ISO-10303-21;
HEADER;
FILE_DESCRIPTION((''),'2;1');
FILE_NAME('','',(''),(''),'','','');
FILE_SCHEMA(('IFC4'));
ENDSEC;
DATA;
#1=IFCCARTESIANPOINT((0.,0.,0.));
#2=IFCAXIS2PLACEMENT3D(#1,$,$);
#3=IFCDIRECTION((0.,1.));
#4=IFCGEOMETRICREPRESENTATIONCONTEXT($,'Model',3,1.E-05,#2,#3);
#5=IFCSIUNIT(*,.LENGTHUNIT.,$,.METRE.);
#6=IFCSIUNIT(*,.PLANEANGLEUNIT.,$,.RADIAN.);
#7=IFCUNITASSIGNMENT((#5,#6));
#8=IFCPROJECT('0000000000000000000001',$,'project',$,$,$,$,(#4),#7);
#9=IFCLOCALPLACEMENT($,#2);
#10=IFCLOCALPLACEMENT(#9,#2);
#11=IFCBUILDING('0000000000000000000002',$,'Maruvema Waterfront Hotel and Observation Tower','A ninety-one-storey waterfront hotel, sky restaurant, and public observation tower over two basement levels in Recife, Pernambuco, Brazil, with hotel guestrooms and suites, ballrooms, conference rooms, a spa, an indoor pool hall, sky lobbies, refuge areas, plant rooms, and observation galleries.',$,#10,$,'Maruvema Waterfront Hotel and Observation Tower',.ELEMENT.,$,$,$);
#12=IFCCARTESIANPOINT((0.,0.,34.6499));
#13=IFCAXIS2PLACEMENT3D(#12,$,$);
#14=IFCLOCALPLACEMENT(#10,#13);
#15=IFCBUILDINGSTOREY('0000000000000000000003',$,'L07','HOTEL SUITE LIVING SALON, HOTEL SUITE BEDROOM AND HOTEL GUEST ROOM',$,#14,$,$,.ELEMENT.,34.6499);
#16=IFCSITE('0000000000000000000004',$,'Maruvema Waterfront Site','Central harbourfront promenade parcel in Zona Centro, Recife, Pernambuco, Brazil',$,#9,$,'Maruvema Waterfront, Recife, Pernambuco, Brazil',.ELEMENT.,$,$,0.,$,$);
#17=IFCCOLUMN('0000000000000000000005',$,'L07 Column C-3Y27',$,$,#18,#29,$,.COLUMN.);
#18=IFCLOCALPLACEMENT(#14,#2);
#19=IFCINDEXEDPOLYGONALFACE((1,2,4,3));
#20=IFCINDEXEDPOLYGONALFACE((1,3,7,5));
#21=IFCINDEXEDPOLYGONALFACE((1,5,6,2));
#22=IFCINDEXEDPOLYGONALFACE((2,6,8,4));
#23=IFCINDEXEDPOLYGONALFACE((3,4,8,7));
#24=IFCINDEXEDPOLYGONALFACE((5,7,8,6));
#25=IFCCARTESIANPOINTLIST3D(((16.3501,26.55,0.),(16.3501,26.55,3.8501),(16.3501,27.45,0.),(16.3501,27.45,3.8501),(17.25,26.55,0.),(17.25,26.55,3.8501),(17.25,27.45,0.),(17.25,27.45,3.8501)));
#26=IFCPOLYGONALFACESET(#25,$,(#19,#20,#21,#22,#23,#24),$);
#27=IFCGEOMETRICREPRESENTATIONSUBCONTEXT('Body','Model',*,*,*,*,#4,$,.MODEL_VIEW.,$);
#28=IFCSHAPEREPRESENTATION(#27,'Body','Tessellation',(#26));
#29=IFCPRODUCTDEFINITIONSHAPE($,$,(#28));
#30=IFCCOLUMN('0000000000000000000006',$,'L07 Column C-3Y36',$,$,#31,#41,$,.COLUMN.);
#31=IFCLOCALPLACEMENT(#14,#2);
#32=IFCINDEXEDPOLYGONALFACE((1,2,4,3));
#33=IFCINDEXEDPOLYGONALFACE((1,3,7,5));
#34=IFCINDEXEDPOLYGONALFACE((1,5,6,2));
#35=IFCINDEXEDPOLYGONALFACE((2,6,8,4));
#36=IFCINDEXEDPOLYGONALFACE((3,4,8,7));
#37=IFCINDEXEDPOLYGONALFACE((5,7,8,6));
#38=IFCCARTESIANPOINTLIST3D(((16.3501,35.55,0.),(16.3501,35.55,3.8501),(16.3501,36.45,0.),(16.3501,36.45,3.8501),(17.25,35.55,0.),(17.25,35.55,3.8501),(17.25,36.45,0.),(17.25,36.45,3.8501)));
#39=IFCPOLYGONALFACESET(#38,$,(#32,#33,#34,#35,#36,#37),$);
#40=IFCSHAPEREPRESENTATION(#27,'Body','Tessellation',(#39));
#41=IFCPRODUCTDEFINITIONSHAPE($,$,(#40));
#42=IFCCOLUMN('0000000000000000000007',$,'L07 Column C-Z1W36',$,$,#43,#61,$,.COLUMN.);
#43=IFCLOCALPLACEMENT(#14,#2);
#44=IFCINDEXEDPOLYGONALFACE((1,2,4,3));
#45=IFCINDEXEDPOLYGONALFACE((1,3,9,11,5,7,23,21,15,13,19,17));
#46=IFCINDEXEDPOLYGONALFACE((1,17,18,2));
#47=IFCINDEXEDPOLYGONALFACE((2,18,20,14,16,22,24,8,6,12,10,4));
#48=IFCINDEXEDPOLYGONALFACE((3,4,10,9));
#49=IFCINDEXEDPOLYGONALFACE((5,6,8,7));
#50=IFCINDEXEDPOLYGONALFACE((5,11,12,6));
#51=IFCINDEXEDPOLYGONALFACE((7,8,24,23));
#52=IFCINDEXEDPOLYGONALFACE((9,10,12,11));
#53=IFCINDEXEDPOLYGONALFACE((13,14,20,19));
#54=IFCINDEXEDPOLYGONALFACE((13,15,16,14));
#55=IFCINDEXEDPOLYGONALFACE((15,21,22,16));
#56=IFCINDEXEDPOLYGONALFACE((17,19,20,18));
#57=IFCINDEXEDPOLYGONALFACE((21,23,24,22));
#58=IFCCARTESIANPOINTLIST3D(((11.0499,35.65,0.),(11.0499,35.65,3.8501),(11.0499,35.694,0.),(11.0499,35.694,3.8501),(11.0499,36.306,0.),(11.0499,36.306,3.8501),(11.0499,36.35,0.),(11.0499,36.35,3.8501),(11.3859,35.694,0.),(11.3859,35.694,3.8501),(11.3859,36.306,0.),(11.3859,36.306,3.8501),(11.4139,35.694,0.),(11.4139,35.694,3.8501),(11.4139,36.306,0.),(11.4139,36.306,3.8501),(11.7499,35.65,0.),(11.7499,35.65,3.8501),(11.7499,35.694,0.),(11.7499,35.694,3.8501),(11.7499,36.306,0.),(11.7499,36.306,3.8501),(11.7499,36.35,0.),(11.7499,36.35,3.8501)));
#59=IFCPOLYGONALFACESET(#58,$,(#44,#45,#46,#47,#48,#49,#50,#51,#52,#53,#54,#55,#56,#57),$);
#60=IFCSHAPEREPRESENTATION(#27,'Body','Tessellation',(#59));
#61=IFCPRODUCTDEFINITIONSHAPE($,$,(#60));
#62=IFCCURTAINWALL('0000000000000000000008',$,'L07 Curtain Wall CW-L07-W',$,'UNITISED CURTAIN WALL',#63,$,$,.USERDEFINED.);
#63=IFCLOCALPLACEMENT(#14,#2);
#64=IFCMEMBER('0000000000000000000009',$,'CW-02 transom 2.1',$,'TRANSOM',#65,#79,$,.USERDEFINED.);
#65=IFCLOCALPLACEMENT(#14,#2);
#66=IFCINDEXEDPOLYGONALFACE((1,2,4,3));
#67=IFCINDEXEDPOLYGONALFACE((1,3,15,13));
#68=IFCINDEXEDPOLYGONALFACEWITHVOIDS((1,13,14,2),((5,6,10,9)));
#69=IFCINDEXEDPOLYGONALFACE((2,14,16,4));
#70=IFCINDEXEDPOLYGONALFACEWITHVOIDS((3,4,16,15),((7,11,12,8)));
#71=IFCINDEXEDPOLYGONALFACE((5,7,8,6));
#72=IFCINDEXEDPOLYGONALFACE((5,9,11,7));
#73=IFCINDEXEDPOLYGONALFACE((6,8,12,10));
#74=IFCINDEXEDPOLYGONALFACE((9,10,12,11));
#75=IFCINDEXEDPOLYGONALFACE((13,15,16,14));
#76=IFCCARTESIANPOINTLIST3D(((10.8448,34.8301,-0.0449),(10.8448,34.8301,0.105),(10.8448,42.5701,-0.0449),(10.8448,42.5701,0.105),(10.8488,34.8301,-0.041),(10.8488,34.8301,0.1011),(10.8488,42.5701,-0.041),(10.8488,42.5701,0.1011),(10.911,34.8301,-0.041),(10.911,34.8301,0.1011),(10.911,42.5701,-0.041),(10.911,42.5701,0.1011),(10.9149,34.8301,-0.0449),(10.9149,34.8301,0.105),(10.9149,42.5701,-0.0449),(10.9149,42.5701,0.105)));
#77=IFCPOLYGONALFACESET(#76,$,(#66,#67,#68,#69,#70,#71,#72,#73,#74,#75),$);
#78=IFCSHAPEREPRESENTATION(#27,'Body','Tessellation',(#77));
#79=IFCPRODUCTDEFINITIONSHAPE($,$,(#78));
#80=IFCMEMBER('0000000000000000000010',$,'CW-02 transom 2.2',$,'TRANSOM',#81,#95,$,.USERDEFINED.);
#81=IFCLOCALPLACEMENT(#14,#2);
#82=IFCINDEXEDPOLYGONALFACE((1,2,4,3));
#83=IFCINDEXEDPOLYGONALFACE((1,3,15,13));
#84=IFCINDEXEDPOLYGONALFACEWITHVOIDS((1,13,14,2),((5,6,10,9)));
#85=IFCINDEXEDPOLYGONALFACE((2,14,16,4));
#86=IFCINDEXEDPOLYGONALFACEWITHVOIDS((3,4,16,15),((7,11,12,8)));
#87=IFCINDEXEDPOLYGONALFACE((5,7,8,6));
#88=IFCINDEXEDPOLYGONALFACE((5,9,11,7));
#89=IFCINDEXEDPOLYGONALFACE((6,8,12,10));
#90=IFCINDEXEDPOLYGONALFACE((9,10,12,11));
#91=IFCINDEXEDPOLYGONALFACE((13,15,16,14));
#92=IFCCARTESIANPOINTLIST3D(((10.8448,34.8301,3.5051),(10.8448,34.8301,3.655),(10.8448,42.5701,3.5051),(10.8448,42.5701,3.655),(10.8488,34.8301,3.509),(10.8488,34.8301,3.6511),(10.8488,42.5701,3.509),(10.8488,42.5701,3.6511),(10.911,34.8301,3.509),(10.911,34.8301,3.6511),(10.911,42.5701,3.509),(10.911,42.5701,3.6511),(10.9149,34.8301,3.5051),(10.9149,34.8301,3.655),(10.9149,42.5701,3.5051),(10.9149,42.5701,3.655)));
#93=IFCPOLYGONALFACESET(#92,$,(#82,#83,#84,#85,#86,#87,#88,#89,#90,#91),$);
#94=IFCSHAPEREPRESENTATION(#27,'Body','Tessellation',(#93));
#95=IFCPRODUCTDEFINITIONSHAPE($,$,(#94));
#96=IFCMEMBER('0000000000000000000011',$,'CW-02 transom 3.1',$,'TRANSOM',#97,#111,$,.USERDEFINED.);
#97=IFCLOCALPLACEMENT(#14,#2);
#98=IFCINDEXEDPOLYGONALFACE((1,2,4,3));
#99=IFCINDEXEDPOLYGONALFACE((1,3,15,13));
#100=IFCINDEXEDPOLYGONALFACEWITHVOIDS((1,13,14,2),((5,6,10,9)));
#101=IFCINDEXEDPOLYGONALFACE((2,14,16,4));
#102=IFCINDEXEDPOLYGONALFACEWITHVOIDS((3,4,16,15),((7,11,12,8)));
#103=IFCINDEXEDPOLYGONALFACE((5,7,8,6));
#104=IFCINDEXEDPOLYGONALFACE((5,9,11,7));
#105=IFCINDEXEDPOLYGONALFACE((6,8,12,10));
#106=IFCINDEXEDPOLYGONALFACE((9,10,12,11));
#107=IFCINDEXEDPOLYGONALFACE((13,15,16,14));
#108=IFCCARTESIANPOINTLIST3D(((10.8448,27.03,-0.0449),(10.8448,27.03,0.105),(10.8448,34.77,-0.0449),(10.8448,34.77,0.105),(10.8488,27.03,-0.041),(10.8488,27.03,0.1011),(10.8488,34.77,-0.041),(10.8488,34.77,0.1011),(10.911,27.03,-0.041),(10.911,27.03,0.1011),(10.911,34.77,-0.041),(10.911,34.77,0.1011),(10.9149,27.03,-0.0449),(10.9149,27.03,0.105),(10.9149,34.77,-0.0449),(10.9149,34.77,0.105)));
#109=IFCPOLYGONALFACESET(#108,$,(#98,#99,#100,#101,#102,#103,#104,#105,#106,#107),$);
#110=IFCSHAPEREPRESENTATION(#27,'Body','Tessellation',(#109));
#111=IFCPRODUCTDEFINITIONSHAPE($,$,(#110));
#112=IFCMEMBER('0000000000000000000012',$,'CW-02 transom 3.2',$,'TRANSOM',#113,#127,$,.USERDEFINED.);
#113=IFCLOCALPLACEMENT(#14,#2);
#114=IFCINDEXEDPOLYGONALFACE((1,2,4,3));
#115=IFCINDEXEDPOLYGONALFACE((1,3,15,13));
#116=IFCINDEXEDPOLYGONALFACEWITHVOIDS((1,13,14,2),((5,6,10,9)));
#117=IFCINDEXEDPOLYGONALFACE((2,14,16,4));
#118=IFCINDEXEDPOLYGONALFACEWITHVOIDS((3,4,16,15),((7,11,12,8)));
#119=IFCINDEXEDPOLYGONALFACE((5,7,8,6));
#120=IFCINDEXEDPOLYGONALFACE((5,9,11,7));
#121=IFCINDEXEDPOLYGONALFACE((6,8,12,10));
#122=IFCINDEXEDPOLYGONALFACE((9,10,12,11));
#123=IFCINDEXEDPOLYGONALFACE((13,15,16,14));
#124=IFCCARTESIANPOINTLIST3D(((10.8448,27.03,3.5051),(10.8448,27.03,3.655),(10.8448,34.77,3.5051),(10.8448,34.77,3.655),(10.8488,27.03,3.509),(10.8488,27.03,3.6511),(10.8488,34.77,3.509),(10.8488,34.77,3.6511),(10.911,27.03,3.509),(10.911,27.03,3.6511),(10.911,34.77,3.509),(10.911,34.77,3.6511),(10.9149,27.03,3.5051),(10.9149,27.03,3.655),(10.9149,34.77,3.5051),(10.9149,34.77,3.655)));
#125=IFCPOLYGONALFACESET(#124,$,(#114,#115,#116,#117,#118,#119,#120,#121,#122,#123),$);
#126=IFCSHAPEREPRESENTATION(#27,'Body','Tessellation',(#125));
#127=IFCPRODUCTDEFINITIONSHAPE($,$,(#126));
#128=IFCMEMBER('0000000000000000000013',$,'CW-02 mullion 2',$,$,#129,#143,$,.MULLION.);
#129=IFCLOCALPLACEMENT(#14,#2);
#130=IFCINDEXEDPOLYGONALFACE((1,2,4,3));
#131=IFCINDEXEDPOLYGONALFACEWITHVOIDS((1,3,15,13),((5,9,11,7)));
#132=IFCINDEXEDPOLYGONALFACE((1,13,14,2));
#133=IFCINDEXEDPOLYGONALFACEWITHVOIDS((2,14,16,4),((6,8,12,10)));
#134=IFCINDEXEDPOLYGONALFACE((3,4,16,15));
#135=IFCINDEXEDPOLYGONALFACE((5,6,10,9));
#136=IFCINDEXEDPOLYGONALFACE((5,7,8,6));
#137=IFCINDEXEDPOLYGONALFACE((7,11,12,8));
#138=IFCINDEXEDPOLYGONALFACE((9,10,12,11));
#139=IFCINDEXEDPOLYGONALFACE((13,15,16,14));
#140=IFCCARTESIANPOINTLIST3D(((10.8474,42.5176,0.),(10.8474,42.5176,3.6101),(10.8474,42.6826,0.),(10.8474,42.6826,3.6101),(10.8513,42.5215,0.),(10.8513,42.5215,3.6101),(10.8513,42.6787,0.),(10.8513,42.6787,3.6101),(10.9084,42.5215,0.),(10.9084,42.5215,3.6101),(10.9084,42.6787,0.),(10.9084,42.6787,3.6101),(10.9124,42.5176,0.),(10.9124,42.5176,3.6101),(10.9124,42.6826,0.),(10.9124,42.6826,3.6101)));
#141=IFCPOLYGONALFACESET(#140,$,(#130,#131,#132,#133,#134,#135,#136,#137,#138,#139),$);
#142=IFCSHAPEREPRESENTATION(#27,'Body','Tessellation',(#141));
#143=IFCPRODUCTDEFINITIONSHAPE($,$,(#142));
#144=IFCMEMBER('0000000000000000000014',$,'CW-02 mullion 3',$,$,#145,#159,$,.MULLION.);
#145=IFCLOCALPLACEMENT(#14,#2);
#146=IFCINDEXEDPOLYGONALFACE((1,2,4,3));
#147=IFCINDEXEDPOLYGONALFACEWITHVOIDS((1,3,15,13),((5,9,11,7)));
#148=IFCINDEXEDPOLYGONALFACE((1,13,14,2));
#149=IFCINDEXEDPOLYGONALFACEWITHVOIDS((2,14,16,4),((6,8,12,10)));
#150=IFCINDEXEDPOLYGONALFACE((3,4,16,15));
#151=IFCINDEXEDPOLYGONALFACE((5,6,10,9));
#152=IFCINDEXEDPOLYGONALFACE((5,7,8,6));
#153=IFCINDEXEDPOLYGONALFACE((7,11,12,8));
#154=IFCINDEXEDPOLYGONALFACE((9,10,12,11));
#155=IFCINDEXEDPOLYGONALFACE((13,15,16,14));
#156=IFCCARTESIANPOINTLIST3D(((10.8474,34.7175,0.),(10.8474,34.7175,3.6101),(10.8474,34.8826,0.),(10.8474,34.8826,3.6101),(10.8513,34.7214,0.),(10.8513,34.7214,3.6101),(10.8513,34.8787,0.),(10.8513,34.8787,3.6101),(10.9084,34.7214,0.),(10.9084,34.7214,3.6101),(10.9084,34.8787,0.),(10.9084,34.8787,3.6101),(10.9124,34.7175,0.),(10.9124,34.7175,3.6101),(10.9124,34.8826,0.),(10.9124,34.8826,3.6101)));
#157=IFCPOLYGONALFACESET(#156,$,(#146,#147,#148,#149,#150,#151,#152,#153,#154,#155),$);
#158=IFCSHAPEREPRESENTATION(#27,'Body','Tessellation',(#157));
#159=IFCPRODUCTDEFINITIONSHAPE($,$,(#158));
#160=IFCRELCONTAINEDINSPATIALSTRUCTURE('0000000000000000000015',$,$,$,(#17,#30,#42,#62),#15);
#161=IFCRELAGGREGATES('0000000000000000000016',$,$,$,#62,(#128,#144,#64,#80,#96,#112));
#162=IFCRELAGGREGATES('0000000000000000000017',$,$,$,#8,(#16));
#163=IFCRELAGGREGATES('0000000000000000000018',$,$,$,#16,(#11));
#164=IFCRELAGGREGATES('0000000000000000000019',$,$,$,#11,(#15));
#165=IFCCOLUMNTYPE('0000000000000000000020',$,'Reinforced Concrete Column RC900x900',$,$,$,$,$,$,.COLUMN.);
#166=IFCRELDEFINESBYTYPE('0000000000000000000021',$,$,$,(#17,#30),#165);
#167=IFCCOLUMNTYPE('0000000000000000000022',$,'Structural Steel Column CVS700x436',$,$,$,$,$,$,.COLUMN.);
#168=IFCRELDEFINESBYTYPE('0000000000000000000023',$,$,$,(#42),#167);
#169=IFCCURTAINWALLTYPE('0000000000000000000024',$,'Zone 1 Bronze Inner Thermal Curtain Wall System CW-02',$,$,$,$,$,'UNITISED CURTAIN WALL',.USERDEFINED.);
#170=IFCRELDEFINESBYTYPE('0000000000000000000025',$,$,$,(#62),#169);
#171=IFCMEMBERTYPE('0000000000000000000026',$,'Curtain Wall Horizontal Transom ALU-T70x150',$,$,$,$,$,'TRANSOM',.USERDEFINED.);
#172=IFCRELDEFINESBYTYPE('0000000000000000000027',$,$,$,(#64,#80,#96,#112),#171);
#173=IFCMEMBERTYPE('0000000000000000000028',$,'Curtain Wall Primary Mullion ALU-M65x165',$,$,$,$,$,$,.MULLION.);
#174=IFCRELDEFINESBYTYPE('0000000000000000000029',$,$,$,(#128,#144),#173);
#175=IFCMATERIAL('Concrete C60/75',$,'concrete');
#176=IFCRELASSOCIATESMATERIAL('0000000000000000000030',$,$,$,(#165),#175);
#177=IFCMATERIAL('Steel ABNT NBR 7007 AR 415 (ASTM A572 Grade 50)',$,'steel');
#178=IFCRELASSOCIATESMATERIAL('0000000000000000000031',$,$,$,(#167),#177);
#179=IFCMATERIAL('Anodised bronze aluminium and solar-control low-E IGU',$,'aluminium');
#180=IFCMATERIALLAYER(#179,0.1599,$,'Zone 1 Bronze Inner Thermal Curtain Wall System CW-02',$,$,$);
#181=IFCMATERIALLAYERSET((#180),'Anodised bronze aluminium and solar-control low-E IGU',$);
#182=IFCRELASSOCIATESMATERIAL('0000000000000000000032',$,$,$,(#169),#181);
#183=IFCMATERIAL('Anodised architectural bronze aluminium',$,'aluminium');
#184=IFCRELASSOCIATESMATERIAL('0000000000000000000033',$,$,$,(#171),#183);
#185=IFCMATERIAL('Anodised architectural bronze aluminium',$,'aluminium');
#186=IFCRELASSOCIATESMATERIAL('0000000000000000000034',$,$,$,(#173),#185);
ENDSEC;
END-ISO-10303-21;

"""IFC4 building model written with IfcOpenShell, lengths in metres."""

from ifc_helpers import new_model, si_unit, direction, frame, origin, origin_2d, place, context, subcontext, project, spatial, rectangle, hollow_rectangle, i_section, extrude, material, layer, layer_set, material_profile, profile_set, type_object, element, aggregate, save


model = new_model("IFC4")

# Units and contexts
model_context = context("Model", 3, precision=1e-05, world=origin(), true_north=direction((0.0, 1.0)))
body_context = subcontext(model_context, "Body", "Model", "MODEL_VIEW")
ifc_project = project(units=[si_unit("LENGTHUNIT", "METRE"), si_unit("PLANEANGLEUNIT", "RADIAN")], contexts=[model_context])

# Site, building, storey
site_placement = place(None, origin())
site = spatial("IfcSite", under=ifc_project, at=site_placement, Name="Maruvema Waterfront Site", Description="Central harbourfront promenade parcel in Zona Centro, Recife, Pernambuco, Brazil", LongName="Maruvema Waterfront, Recife, Pernambuco, Brazil", CompositionType="ELEMENT", RefElevation=0.0)
building_placement = place(site_placement, origin())
building = spatial("IfcBuilding", under=site, at=building_placement, Name="Maruvema Waterfront Hotel and Observation Tower", Description="A ninety-one-storey waterfront hotel, sky restaurant, and public observation tower over two basement levels in Recife, Pernambuco, Brazil, with hotel guestrooms and suites, ballrooms, conference rooms, a spa, an indoor pool hall, sky lobbies, refuge areas, plant rooms, and observation galleries.", LongName="Maruvema Waterfront Hotel and Observation Tower", CompositionType="ELEMENT")
storey_placement = place(building_placement, frame((0.0, 0.0, 34.6499)))
storey = spatial("IfcBuildingStorey", under=building, at=storey_placement, Name="L07", Description="HOTEL SUITE LIVING SALON, HOTEL SUITE BEDROOM AND HOTEL GUEST ROOM", CompositionType="ELEMENT", Elevation=34.6499)

# Columns
ifc_material_1 = material(Name="Concrete C60/75", Category="concrete")
ifc_material_profile_1 = material_profile(ifc_material_1, rectangle(XDim=0.8999, YDim=0.8999, at=origin_2d()), Name="RC900x900")
ifc_profile_set_1 = profile_set([ifc_material_profile_1], Name="Concrete C60/75")
column_type_1 = type_object("IfcColumnType", Name="Reinforced Concrete Column RC900x900", PredefinedType="COLUMN", material=ifc_profile_set_1)
for number, where, z_axis, x_axis, name in (
    (1, (16.8, 27.0, 0.0), (0.0, 0.0, 1.0), (1.0, 0.0, 0.0), "L07 Column C-3Y27"),
    (2, (16.8, 36.0, 0.0), (0.0, 0.0, 1.0), (1.0, 0.0, 0.0), "L07 Column C-3Y36"),
):
    element("IfcColumn", number, at=place(storey_placement, frame(where, z_axis=z_axis, x_axis=x_axis)), inside=storey, type_object=column_type_1, Name=name, PredefinedType="COLUMN", context=body_context, shape_type="SweptSolid", body=[
        extrude(rectangle(XDim=0.8999, YDim=0.8999, at=origin_2d()), origin(), (0.0, 0.0, 1.0), 3.8501),
    ])
ifc_material_2 = material(Name="Steel ABNT NBR 7007 AR 415 (ASTM A572 Grade 50)", Category="steel")
ifc_material_profile_2 = material_profile(ifc_material_2, i_section(OverallWidth=0.7, OverallDepth=0.7, WebThickness=0.0281, FlangeThickness=0.0439, at=origin_2d()), Name="CVS700x436")
ifc_profile_set_2 = profile_set([ifc_material_profile_2], Name="Steel ABNT NBR 7007 AR 415 (ASTM A572 Grade 50)")
column_type_2 = type_object("IfcColumnType", Name="Structural Steel Column CVS700x436", PredefinedType="COLUMN", material=ifc_profile_set_2)
column_placement = place(storey_placement, frame((11.3999, 36.0, 0.0), z_axis=(0.0, 0.0, 1.0), x_axis=(1.0, 0.0, 0.0)))
element("IfcColumn", 3, at=column_placement, inside=storey, type_object=column_type_2, Name="L07 Column C-Z1W36", PredefinedType="COLUMN", context=body_context, shape_type="SweptSolid", body=[
    extrude(i_section(OverallWidth=0.7, OverallDepth=0.7, WebThickness=0.0281, FlangeThickness=0.0439, at=origin_2d()), origin(), (0.0, 0.0, 1.0), 3.8501),
])

# Curtain wall, members
ifc_material_3 = material(Name="Anodised bronze aluminium and solar-control low-E IGU", Category="aluminium")
ifc_layer_1 = layer(ifc_material_3, 0.1599, Name="Zone 1 Bronze Inner Thermal Curtain Wall System CW-02")
ifc_layer_set_1 = layer_set([ifc_layer_1], Name="Anodised bronze aluminium and solar-control low-E IGU")
curtain_wall_type = type_object("IfcCurtainWallType", Name="Zone 1 Bronze Inner Thermal Curtain Wall System CW-02", ElementType="UNITISED CURTAIN WALL", PredefinedType="USERDEFINED", material=ifc_layer_set_1)
curtain_wall_placement = place(storey_placement, origin())
curtain_wall = element("IfcCurtainWall", 4, at=curtain_wall_placement, inside=storey, type_object=curtain_wall_type, Name="L07 Curtain Wall CW-L07-W", ObjectType="UNITISED CURTAIN WALL", PredefinedType="USERDEFINED")
ifc_material_4 = material(Name="Anodised architectural bronze aluminium", Category="aluminium")
ifc_material_profile_3 = material_profile(ifc_material_4, hollow_rectangle(XDim=0.0701, YDim=0.1499, WallThickness=0.0039, at=origin_2d()), Name="ALU-T70x150")
ifc_profile_set_3 = profile_set([ifc_material_profile_3], Name="Anodised architectural bronze aluminium")
member_type_1 = type_object("IfcMemberType", Name="Curtain Wall Horizontal Transom ALU-T70x150", ElementType="TRANSOM", PredefinedType="USERDEFINED", material=ifc_profile_set_3)
member_1_placement = place(storey_placement, frame((10.8799, 42.5701, 0.03), z_axis=(0.0, -1.0, 0.0), x_axis=(1.0, 0.0, 0.0)))
member_1 = element("IfcMember", 5, at=member_1_placement, type_object=member_type_1, Name="CW-02 transom 2.1", ObjectType="TRANSOM", PredefinedType="USERDEFINED", context=body_context, shape_type="SweptSolid", body=[
    extrude(hollow_rectangle(XDim=0.0701, YDim=0.1499, WallThickness=0.0039, at=origin_2d()), origin(), (0.0, 0.0, 1.0), 7.74),
])
member_2_placement = place(storey_placement, frame((10.8799, 42.5701, 3.5801), z_axis=(0.0, -1.0, 0.0), x_axis=(1.0, 0.0, 0.0)))
member_2 = element("IfcMember", 6, at=member_2_placement, type_object=member_type_1, Name="CW-02 transom 2.2", ObjectType="TRANSOM", PredefinedType="USERDEFINED", context=body_context, shape_type="SweptSolid", body=[
    extrude(hollow_rectangle(XDim=0.0701, YDim=0.1499, WallThickness=0.0039, at=origin_2d()), origin(), (0.0, 0.0, 1.0), 7.74),
])
member_3_placement = place(storey_placement, frame((10.8799, 34.77, 0.03), z_axis=(0.0, -1.0, 0.0), x_axis=(1.0, 0.0, 0.0)))
member_3 = element("IfcMember", 7, at=member_3_placement, type_object=member_type_1, Name="CW-02 transom 3.1", ObjectType="TRANSOM", PredefinedType="USERDEFINED", context=body_context, shape_type="SweptSolid", body=[
    extrude(hollow_rectangle(XDim=0.0701, YDim=0.1499, WallThickness=0.0039, at=origin_2d()), origin(), (0.0, 0.0, 1.0), 7.74),
])
member_4_placement = place(storey_placement, frame((10.8799, 34.77, 3.5801), z_axis=(0.0, -1.0, 0.0), x_axis=(1.0, 0.0, 0.0)))
member_4 = element("IfcMember", 8, at=member_4_placement, type_object=member_type_1, Name="CW-02 transom 3.2", ObjectType="TRANSOM", PredefinedType="USERDEFINED", context=body_context, shape_type="SweptSolid", body=[
    extrude(hollow_rectangle(XDim=0.0701, YDim=0.1499, WallThickness=0.0039, at=origin_2d()), origin(), (0.0, 0.0, 1.0), 7.74),
])
ifc_material_5 = material(Name="Anodised architectural bronze aluminium", Category="aluminium")
ifc_material_profile_4 = material_profile(ifc_material_5, hollow_rectangle(XDim=0.0649, YDim=0.165, WallThickness=0.0039, at=origin_2d()), Name="ALU-M65x165")
ifc_profile_set_4 = profile_set([ifc_material_profile_4], Name="Anodised architectural bronze aluminium")
member_type_2 = type_object("IfcMemberType", Name="Curtain Wall Primary Mullion ALU-M65x165", PredefinedType="MULLION", material=ifc_profile_set_4)
member_5_placement = place(storey_placement, frame((10.8799, 42.6001, 0.0), z_axis=(0.0, 0.0, 1.0), x_axis=(1.0, 0.0, 0.0)))
member_5 = element("IfcMember", 9, at=member_5_placement, type_object=member_type_2, Name="CW-02 mullion 2", PredefinedType="MULLION", context=body_context, shape_type="SweptSolid", body=[
    extrude(hollow_rectangle(XDim=0.0649, YDim=0.165, WallThickness=0.0039, at=origin_2d()), origin(), (0.0, 0.0, 1.0), 3.6101),
])
member_6_placement = place(storey_placement, frame((10.8799, 34.8, 0.0), z_axis=(0.0, 0.0, 1.0), x_axis=(1.0, 0.0, 0.0)))
member_6 = element("IfcMember", 10, at=member_6_placement, type_object=member_type_2, Name="CW-02 mullion 3", PredefinedType="MULLION", context=body_context, shape_type="SweptSolid", body=[
    extrude(hollow_rectangle(XDim=0.0649, YDim=0.165, WallThickness=0.0039, at=origin_2d()), origin(), (0.0, 0.0, 1.0), 3.6101),
])

aggregate(curtain_wall, [member_5, member_6, member_1, member_2, member_3, member_4])

save(model, "model.ifc")
